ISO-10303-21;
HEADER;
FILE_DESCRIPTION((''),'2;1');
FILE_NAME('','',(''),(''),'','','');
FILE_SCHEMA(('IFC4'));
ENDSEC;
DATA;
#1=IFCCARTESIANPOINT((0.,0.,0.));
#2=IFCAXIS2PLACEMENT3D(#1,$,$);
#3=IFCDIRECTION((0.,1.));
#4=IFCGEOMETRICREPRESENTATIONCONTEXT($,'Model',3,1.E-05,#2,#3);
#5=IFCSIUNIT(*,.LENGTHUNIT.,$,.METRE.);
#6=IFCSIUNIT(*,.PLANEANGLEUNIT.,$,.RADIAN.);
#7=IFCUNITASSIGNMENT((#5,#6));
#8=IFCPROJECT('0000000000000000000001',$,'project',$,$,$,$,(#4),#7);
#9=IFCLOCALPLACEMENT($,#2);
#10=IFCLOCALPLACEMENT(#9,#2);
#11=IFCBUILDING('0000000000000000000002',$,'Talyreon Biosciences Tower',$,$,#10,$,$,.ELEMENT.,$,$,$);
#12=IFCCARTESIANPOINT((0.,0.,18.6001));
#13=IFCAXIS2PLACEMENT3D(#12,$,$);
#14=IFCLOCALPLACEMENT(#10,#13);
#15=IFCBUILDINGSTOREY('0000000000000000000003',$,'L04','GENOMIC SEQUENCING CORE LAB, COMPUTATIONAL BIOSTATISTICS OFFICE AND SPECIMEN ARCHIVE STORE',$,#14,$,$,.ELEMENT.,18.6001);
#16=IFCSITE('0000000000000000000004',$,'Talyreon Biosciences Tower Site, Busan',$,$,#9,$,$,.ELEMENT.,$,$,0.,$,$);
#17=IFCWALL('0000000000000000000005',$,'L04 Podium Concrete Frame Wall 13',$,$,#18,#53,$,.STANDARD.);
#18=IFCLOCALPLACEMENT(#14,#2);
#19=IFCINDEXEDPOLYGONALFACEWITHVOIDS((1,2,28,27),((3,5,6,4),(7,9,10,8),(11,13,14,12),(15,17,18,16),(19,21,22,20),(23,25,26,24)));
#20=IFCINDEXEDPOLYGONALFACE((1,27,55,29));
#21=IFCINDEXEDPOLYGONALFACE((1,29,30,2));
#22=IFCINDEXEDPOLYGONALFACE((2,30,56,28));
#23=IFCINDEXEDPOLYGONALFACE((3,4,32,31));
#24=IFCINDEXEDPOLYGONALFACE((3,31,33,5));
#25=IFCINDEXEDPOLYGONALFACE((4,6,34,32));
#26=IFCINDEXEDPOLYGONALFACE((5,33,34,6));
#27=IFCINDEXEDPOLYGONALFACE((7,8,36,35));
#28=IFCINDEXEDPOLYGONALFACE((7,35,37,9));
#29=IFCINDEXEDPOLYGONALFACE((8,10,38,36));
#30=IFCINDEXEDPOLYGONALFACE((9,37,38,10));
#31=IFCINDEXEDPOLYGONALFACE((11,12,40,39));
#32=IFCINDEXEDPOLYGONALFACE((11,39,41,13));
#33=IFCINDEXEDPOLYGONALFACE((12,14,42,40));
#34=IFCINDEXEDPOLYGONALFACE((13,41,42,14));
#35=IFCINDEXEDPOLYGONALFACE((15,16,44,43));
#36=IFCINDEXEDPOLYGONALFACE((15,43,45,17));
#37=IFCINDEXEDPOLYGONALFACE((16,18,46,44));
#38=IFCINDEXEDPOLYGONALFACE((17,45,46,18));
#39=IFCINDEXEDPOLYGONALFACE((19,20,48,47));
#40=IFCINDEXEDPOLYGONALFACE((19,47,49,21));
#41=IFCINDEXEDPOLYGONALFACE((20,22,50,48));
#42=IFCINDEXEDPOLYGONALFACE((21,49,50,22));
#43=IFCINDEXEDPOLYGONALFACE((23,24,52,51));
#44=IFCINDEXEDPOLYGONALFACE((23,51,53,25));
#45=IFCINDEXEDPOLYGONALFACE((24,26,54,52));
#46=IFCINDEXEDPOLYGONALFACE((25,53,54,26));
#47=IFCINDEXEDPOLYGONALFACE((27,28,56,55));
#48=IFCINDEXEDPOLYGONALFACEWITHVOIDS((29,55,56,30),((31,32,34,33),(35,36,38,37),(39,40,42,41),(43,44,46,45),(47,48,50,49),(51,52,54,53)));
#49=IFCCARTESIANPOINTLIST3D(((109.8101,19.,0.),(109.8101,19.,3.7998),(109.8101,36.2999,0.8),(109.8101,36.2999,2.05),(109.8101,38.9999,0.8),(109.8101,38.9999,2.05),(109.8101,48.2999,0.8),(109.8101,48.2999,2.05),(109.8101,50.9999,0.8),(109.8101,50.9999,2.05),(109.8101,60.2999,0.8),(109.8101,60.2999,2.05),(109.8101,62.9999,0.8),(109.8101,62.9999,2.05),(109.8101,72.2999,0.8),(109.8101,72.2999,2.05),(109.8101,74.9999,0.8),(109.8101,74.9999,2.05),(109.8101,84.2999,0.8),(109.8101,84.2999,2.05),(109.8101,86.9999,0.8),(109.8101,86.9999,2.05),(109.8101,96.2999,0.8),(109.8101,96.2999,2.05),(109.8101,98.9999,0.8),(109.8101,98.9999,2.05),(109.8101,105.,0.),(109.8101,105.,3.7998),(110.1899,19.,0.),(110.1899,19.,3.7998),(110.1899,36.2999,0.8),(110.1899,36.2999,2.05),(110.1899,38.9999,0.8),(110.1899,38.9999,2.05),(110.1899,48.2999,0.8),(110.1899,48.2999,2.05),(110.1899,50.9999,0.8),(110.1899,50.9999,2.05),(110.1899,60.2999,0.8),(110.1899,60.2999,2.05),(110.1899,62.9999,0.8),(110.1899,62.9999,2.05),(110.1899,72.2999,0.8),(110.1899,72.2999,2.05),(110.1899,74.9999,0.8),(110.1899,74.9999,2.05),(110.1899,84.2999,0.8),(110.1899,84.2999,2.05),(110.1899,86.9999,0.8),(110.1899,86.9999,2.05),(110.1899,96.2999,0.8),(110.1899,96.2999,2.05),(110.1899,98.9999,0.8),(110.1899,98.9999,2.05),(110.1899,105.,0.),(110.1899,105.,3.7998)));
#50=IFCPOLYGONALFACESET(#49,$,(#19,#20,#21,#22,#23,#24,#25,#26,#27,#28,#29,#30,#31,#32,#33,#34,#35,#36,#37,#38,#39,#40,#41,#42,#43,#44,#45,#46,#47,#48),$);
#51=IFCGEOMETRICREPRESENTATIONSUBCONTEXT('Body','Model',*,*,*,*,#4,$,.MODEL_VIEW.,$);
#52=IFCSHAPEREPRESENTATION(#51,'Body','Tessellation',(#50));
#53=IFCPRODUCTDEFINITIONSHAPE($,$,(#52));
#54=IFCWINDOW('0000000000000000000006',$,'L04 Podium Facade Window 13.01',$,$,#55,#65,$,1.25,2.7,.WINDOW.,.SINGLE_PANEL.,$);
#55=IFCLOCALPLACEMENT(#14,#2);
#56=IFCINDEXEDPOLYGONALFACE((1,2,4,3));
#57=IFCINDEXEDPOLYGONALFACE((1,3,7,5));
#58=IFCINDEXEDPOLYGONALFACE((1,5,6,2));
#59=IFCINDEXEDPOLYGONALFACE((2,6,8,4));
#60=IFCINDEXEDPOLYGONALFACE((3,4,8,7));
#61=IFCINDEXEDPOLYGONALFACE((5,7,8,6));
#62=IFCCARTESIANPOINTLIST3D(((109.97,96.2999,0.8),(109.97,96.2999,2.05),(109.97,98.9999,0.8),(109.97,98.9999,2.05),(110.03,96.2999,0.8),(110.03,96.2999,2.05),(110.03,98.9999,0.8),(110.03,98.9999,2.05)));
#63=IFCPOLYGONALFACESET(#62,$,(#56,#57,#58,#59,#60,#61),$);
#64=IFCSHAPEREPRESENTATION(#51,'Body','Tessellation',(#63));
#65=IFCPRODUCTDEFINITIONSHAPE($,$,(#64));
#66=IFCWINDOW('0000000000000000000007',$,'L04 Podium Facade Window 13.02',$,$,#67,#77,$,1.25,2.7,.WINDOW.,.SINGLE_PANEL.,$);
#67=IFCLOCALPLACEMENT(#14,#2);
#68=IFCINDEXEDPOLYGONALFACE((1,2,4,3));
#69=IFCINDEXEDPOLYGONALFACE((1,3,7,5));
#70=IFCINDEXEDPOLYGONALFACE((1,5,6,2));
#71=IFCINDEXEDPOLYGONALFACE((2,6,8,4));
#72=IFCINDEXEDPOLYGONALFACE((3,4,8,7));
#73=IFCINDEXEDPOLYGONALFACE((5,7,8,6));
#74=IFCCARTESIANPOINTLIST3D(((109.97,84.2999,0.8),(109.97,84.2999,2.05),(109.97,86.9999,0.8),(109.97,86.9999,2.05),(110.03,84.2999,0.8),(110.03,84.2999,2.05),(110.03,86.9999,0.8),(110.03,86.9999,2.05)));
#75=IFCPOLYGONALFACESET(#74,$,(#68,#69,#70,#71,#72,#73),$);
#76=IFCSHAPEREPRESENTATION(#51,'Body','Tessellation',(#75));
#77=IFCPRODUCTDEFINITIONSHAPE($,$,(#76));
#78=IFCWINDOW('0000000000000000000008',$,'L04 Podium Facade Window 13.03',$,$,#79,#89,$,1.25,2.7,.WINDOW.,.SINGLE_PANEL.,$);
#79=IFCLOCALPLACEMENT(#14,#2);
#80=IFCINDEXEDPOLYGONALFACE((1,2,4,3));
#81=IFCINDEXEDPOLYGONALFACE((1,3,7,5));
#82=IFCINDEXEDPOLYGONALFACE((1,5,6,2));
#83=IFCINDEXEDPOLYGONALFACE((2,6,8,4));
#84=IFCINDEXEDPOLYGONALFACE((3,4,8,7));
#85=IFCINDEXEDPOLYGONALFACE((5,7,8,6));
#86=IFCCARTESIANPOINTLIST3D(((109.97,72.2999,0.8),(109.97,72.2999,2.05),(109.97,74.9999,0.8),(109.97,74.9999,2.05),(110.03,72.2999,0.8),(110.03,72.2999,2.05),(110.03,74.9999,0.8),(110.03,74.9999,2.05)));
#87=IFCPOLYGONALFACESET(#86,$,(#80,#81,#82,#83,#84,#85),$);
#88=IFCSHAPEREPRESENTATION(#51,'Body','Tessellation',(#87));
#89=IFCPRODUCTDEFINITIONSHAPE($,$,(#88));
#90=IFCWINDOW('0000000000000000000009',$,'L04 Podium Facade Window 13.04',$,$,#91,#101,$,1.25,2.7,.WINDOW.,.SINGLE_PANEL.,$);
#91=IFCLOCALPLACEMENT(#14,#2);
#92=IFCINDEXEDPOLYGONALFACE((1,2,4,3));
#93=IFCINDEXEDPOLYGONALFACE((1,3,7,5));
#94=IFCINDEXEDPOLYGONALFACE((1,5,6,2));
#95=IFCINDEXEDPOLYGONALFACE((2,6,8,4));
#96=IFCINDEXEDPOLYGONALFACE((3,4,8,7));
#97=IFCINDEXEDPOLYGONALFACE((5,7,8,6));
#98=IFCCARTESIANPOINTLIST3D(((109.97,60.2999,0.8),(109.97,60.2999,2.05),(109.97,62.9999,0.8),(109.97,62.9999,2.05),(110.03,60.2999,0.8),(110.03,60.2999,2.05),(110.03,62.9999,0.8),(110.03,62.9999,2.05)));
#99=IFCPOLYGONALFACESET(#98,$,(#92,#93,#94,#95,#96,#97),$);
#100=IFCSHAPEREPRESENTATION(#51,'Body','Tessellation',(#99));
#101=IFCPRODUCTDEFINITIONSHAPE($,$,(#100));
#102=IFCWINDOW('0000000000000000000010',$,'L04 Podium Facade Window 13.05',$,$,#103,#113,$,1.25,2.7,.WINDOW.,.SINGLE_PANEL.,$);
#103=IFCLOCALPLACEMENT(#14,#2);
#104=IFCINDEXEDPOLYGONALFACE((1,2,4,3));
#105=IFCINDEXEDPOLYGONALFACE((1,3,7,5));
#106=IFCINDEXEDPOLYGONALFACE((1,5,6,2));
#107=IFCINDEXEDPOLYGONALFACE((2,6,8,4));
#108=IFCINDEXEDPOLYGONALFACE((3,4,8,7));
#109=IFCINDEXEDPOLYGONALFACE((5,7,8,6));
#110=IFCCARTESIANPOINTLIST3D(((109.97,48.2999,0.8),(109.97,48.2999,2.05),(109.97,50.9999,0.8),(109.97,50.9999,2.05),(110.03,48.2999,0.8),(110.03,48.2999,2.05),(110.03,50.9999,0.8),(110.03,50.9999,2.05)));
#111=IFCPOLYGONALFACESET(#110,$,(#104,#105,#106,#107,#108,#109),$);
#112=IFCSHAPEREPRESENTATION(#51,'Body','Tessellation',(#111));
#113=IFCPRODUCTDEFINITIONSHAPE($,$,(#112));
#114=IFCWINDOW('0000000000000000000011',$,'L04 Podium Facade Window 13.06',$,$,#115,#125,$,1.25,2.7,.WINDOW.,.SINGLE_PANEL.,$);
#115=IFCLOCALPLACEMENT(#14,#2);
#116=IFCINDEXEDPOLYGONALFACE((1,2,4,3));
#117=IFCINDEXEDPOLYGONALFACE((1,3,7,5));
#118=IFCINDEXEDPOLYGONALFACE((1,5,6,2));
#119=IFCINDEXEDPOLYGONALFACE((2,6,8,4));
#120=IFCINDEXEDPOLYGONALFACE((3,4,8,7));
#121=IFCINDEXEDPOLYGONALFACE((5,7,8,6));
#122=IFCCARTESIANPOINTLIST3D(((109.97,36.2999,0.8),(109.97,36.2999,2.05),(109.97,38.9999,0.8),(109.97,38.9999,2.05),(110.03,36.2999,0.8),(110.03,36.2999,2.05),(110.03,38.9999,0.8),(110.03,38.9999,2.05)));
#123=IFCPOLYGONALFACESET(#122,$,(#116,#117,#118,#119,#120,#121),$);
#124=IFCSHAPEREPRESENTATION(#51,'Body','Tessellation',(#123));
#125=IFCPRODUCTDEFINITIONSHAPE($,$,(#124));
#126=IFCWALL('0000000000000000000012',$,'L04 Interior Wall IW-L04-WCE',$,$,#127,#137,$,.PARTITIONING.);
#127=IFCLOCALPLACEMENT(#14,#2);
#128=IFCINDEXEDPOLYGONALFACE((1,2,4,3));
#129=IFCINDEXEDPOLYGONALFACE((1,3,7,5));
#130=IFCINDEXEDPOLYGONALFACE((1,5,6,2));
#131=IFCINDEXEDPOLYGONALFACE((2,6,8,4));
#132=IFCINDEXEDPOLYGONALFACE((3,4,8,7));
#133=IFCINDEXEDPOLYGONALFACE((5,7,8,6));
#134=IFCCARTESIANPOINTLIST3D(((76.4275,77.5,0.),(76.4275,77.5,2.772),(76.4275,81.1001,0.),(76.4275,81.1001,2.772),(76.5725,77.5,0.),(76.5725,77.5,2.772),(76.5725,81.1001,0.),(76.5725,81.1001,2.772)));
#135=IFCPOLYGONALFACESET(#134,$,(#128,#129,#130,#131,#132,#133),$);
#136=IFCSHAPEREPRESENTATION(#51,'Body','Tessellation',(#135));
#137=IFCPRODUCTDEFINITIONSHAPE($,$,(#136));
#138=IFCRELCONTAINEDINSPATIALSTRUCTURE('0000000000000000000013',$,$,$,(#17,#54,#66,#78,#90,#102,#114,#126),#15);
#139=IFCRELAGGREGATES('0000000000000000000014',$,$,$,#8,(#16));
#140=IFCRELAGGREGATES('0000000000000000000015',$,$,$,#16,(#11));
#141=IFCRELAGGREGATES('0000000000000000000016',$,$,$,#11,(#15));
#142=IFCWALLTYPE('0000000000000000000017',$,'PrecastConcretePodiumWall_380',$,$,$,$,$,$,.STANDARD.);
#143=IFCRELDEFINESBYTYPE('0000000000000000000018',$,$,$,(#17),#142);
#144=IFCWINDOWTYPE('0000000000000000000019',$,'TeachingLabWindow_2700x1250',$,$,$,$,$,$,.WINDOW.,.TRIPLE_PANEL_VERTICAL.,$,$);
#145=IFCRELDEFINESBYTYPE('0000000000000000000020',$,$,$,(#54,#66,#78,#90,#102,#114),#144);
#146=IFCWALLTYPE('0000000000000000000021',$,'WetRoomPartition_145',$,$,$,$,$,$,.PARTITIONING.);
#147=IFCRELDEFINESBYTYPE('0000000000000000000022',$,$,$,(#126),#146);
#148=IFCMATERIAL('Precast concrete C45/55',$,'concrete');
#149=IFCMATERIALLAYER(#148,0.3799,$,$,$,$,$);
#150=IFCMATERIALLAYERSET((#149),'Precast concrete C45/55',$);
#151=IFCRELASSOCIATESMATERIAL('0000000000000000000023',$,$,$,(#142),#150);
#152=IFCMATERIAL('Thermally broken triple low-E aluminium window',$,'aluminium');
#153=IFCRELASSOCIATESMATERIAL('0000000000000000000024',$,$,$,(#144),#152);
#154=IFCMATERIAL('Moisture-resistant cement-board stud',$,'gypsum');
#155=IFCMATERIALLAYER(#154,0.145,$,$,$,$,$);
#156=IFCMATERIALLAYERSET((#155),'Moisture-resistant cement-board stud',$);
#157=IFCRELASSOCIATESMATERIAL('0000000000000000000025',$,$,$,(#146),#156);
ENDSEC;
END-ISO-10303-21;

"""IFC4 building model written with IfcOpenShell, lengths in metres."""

from ifc_helpers import new_model, si_unit, direction, frame, frame_2d, origin, place, context, subcontext, project, spatial, rectangle, extrude, material, layer, layer_set, type_object, element, fill, save


model = new_model("IFC4")

# Units and contexts
model_context = context("Model", 3, precision=1e-05, world=origin(), true_north=direction((0.0, 1.0)))
body_context = subcontext(model_context, "Body", "Model", "MODEL_VIEW")
ifc_project = project(units=[si_unit("LENGTHUNIT", "METRE"), si_unit("PLANEANGLEUNIT", "RADIAN")], contexts=[model_context])

# Site, building, storey
site_placement = place(None, origin())
site = spatial("IfcSite", under=ifc_project, at=site_placement, Name="Talyreon Biosciences Tower Site, Busan", CompositionType="ELEMENT", RefElevation=0.0)
building_placement = place(site_placement, origin())
building = spatial("IfcBuilding", under=site, at=building_placement, Name="Talyreon Biosciences Tower", CompositionType="ELEMENT")
storey_placement = place(building_placement, frame((0.0, 0.0, 18.6001)))
storey = spatial("IfcBuildingStorey", under=building, at=storey_placement, Name="L04", Description="GENOMIC SEQUENCING CORE LAB, COMPUTATIONAL BIOSTATISTICS OFFICE AND SPECIMEN ARCHIVE STORE", CompositionType="ELEMENT", Elevation=18.6001)

# Shared definitions
ifc_material_1 = material(Name="Precast concrete C45/55", Category="concrete")
ifc_layer_1 = layer(ifc_material_1, 0.3799)
ifc_layer_set_1 = layer_set([ifc_layer_1], Name="Precast concrete C45/55")
wall_type_1 = type_object("IfcWallType", Name="PrecastConcretePodiumWall_380", PredefinedType="STANDARD", material=ifc_layer_set_1)

# Wall, openings, windows
wall_1_placement = place(storey_placement, frame((110.0, 105.0, 0.0), z_axis=(0.0, 0.0, 1.0), x_axis=(0.0, -1.0, 0.0)))
wall_1 = element("IfcWall", 1, at=wall_1_placement, inside=storey, type_object=wall_type_1, Name="L04 Podium Concrete Frame Wall 13", PredefinedType="STANDARD", context=body_context, shape_type="SweptSolid", body=[
    extrude(rectangle(XDim=86.0, YDim=0.3799, at=frame_2d((43.0, 0.0))), origin(), (0.0, 0.0, 1.0), 3.7998),
])
opening_1_placement = place(wall_1_placement, frame((6.0, 0.0, 0.8)))
opening_1 = element("IfcOpeningElement", 2, at=opening_1_placement, cuts=wall_1, PredefinedType="OPENING", context=body_context, shape_type="SweptSolid", body=[
    extrude(rectangle(XDim=2.7, YDim=1.25, at=frame_2d((1.3501, 0.625))), frame((0.0, 0.2, 0.0), z_axis=(0.0, -1.0, 0.0), x_axis=(1.0, 0.0, 0.0)), (0.0, 0.0, 1.0), 0.3999),
])
opening_2_placement = place(wall_1_placement, frame((18.0, 0.0, 0.8)))
opening_2 = element("IfcOpeningElement", 3, at=opening_2_placement, cuts=wall_1, PredefinedType="OPENING", context=body_context, shape_type="SweptSolid", body=[
    extrude(rectangle(XDim=2.7, YDim=1.25, at=frame_2d((1.3501, 0.625))), frame((0.0, 0.2, 0.0), z_axis=(0.0, -1.0, 0.0), x_axis=(1.0, 0.0, 0.0)), (0.0, 0.0, 1.0), 0.3999),
])
opening_3_placement = place(wall_1_placement, frame((30.0, 0.0, 0.8)))
opening_3 = element("IfcOpeningElement", 4, at=opening_3_placement, cuts=wall_1, PredefinedType="OPENING", context=body_context, shape_type="SweptSolid", body=[
    extrude(rectangle(XDim=2.7, YDim=1.25, at=frame_2d((1.3501, 0.625))), frame((0.0, 0.2, 0.0), z_axis=(0.0, -1.0, 0.0), x_axis=(1.0, 0.0, 0.0)), (0.0, 0.0, 1.0), 0.3999),
])
opening_4_placement = place(wall_1_placement, frame((42.0, 0.0, 0.8)))
opening_4 = element("IfcOpeningElement", 5, at=opening_4_placement, cuts=wall_1, PredefinedType="OPENING", context=body_context, shape_type="SweptSolid", body=[
    extrude(rectangle(XDim=2.7, YDim=1.25, at=frame_2d((1.3501, 0.625))), frame((0.0, 0.2, 0.0), z_axis=(0.0, -1.0, 0.0), x_axis=(1.0, 0.0, 0.0)), (0.0, 0.0, 1.0), 0.3999),
])
opening_5_placement = place(wall_1_placement, frame((54.0, 0.0, 0.8)))
opening_5 = element("IfcOpeningElement", 6, at=opening_5_placement, cuts=wall_1, PredefinedType="OPENING", context=body_context, shape_type="SweptSolid", body=[
    extrude(rectangle(XDim=2.7, YDim=1.25, at=frame_2d((1.3501, 0.625))), frame((0.0, 0.2, 0.0), z_axis=(0.0, -1.0, 0.0), x_axis=(1.0, 0.0, 0.0)), (0.0, 0.0, 1.0), 0.3999),
])
opening_6_placement = place(wall_1_placement, frame((66.0, 0.0, 0.8)))
opening_6 = element("IfcOpeningElement", 7, at=opening_6_placement, cuts=wall_1, PredefinedType="OPENING", context=body_context, shape_type="SweptSolid", body=[
    extrude(rectangle(XDim=2.7, YDim=1.25, at=frame_2d((1.3501, 0.625))), frame((0.0, 0.2, 0.0), z_axis=(0.0, -1.0, 0.0), x_axis=(1.0, 0.0, 0.0)), (0.0, 0.0, 1.0), 0.3999),
])
ifc_material_2 = material(Name="Thermally broken triple low-E aluminium window", Category="aluminium")
window_type = type_object("IfcWindowType", Name="TeachingLabWindow_2700x1250", PartitioningType="TRIPLE_PANEL_VERTICAL", PredefinedType="WINDOW", material=ifc_material_2)
window_1_placement = place(opening_1_placement, origin())
window_1 = element("IfcWindow", 8, at=window_1_placement, inside=storey, type_object=window_type, Name="L04 Podium Facade Window 13.01", OverallHeight=1.25, OverallWidth=2.7, PartitioningType="SINGLE_PANEL", PredefinedType="WINDOW", context=body_context, shape_type="SweptSolid", body=[
    extrude(rectangle(XDim=2.7, YDim=1.25, at=frame_2d((1.3501, 0.625))), frame((0.0, 0.03, 0.0), z_axis=(0.0, -1.0, 0.0), x_axis=(1.0, 0.0, 0.0)), (0.0, 0.0, 1.0), 0.0601),
])
fill(opening_1, window_1)
window_2_placement = place(opening_2_placement, origin())
window_2 = element("IfcWindow", 9, at=window_2_placement, inside=storey, type_object=window_type, Name="L04 Podium Facade Window 13.02", OverallHeight=1.25, OverallWidth=2.7, PartitioningType="SINGLE_PANEL", PredefinedType="WINDOW", context=body_context, shape_type="SweptSolid", body=[
    extrude(rectangle(XDim=2.7, YDim=1.25, at=frame_2d((1.3501, 0.625))), frame((0.0, 0.03, 0.0), z_axis=(0.0, -1.0, 0.0), x_axis=(1.0, 0.0, 0.0)), (0.0, 0.0, 1.0), 0.0601),
])
fill(opening_2, window_2)
window_3_placement = place(opening_3_placement, origin())
window_3 = element("IfcWindow", 10, at=window_3_placement, inside=storey, type_object=window_type, Name="L04 Podium Facade Window 13.03", OverallHeight=1.25, OverallWidth=2.7, PartitioningType="SINGLE_PANEL", PredefinedType="WINDOW", context=body_context, shape_type="SweptSolid", body=[
    extrude(rectangle(XDim=2.7, YDim=1.25, at=frame_2d((1.3501, 0.625))), frame((0.0, 0.03, 0.0), z_axis=(0.0, -1.0, 0.0), x_axis=(1.0, 0.0, 0.0)), (0.0, 0.0, 1.0), 0.0601),
])
fill(opening_3, window_3)
window_4_placement = place(opening_4_placement, origin())
window_4 = element("IfcWindow", 11, at=window_4_placement, inside=storey, type_object=window_type, Name="L04 Podium Facade Window 13.04", OverallHeight=1.25, OverallWidth=2.7, PartitioningType="SINGLE_PANEL", PredefinedType="WINDOW", context=body_context, shape_type="SweptSolid", body=[
    extrude(rectangle(XDim=2.7, YDim=1.25, at=frame_2d((1.3501, 0.625))), frame((0.0, 0.03, 0.0), z_axis=(0.0, -1.0, 0.0), x_axis=(1.0, 0.0, 0.0)), (0.0, 0.0, 1.0), 0.0601),
])
fill(opening_4, window_4)
window_5_placement = place(opening_5_placement, origin())
window_5 = element("IfcWindow", 12, at=window_5_placement, inside=storey, type_object=window_type, Name="L04 Podium Facade Window 13.05", OverallHeight=1.25, OverallWidth=2.7, PartitioningType="SINGLE_PANEL", PredefinedType="WINDOW", context=body_context, shape_type="SweptSolid", body=[
    extrude(rectangle(XDim=2.7, YDim=1.25, at=frame_2d((1.3501, 0.625))), frame((0.0, 0.03, 0.0), z_axis=(0.0, -1.0, 0.0), x_axis=(1.0, 0.0, 0.0)), (0.0, 0.0, 1.0), 0.0601),
])
fill(opening_5, window_5)
window_6_placement = place(opening_6_placement, origin())
window_6 = element("IfcWindow", 13, at=window_6_placement, inside=storey, type_object=window_type, Name="L04 Podium Facade Window 13.06", OverallHeight=1.25, OverallWidth=2.7, PartitioningType="SINGLE_PANEL", PredefinedType="WINDOW", context=body_context, shape_type="SweptSolid", body=[
    extrude(rectangle(XDim=2.7, YDim=1.25, at=frame_2d((1.3501, 0.625))), frame((0.0, 0.03, 0.0), z_axis=(0.0, -1.0, 0.0), x_axis=(1.0, 0.0, 0.0)), (0.0, 0.0, 1.0), 0.0601),
])
fill(opening_6, window_6)

# Wall
ifc_material_3 = material(Name="Moisture-resistant cement-board stud", Category="gypsum")
ifc_layer_2 = layer(ifc_material_3, 0.145)
ifc_layer_set_2 = layer_set([ifc_layer_2], Name="Moisture-resistant cement-board stud")
wall_type_2 = type_object("IfcWallType", Name="WetRoomPartition_145", PredefinedType="PARTITIONING", material=ifc_layer_set_2)
wall_2_placement = place(storey_placement, frame((76.5, 77.5, 0.0), z_axis=(0.0, 0.0, 1.0), x_axis=(0.0, 1.0, 0.0)))
element("IfcWall", 14, at=wall_2_placement, inside=storey, type_object=wall_type_2, Name="L04 Interior Wall IW-L04-WCE", PredefinedType="PARTITIONING", context=body_context, shape_type="SweptSolid", body=[
    extrude(rectangle(XDim=3.6001, YDim=0.145, at=frame_2d((1.8, 0.0))), origin(), (0.0, 0.0, 1.0), 2.772),
])

save(model, "model.ifc")
